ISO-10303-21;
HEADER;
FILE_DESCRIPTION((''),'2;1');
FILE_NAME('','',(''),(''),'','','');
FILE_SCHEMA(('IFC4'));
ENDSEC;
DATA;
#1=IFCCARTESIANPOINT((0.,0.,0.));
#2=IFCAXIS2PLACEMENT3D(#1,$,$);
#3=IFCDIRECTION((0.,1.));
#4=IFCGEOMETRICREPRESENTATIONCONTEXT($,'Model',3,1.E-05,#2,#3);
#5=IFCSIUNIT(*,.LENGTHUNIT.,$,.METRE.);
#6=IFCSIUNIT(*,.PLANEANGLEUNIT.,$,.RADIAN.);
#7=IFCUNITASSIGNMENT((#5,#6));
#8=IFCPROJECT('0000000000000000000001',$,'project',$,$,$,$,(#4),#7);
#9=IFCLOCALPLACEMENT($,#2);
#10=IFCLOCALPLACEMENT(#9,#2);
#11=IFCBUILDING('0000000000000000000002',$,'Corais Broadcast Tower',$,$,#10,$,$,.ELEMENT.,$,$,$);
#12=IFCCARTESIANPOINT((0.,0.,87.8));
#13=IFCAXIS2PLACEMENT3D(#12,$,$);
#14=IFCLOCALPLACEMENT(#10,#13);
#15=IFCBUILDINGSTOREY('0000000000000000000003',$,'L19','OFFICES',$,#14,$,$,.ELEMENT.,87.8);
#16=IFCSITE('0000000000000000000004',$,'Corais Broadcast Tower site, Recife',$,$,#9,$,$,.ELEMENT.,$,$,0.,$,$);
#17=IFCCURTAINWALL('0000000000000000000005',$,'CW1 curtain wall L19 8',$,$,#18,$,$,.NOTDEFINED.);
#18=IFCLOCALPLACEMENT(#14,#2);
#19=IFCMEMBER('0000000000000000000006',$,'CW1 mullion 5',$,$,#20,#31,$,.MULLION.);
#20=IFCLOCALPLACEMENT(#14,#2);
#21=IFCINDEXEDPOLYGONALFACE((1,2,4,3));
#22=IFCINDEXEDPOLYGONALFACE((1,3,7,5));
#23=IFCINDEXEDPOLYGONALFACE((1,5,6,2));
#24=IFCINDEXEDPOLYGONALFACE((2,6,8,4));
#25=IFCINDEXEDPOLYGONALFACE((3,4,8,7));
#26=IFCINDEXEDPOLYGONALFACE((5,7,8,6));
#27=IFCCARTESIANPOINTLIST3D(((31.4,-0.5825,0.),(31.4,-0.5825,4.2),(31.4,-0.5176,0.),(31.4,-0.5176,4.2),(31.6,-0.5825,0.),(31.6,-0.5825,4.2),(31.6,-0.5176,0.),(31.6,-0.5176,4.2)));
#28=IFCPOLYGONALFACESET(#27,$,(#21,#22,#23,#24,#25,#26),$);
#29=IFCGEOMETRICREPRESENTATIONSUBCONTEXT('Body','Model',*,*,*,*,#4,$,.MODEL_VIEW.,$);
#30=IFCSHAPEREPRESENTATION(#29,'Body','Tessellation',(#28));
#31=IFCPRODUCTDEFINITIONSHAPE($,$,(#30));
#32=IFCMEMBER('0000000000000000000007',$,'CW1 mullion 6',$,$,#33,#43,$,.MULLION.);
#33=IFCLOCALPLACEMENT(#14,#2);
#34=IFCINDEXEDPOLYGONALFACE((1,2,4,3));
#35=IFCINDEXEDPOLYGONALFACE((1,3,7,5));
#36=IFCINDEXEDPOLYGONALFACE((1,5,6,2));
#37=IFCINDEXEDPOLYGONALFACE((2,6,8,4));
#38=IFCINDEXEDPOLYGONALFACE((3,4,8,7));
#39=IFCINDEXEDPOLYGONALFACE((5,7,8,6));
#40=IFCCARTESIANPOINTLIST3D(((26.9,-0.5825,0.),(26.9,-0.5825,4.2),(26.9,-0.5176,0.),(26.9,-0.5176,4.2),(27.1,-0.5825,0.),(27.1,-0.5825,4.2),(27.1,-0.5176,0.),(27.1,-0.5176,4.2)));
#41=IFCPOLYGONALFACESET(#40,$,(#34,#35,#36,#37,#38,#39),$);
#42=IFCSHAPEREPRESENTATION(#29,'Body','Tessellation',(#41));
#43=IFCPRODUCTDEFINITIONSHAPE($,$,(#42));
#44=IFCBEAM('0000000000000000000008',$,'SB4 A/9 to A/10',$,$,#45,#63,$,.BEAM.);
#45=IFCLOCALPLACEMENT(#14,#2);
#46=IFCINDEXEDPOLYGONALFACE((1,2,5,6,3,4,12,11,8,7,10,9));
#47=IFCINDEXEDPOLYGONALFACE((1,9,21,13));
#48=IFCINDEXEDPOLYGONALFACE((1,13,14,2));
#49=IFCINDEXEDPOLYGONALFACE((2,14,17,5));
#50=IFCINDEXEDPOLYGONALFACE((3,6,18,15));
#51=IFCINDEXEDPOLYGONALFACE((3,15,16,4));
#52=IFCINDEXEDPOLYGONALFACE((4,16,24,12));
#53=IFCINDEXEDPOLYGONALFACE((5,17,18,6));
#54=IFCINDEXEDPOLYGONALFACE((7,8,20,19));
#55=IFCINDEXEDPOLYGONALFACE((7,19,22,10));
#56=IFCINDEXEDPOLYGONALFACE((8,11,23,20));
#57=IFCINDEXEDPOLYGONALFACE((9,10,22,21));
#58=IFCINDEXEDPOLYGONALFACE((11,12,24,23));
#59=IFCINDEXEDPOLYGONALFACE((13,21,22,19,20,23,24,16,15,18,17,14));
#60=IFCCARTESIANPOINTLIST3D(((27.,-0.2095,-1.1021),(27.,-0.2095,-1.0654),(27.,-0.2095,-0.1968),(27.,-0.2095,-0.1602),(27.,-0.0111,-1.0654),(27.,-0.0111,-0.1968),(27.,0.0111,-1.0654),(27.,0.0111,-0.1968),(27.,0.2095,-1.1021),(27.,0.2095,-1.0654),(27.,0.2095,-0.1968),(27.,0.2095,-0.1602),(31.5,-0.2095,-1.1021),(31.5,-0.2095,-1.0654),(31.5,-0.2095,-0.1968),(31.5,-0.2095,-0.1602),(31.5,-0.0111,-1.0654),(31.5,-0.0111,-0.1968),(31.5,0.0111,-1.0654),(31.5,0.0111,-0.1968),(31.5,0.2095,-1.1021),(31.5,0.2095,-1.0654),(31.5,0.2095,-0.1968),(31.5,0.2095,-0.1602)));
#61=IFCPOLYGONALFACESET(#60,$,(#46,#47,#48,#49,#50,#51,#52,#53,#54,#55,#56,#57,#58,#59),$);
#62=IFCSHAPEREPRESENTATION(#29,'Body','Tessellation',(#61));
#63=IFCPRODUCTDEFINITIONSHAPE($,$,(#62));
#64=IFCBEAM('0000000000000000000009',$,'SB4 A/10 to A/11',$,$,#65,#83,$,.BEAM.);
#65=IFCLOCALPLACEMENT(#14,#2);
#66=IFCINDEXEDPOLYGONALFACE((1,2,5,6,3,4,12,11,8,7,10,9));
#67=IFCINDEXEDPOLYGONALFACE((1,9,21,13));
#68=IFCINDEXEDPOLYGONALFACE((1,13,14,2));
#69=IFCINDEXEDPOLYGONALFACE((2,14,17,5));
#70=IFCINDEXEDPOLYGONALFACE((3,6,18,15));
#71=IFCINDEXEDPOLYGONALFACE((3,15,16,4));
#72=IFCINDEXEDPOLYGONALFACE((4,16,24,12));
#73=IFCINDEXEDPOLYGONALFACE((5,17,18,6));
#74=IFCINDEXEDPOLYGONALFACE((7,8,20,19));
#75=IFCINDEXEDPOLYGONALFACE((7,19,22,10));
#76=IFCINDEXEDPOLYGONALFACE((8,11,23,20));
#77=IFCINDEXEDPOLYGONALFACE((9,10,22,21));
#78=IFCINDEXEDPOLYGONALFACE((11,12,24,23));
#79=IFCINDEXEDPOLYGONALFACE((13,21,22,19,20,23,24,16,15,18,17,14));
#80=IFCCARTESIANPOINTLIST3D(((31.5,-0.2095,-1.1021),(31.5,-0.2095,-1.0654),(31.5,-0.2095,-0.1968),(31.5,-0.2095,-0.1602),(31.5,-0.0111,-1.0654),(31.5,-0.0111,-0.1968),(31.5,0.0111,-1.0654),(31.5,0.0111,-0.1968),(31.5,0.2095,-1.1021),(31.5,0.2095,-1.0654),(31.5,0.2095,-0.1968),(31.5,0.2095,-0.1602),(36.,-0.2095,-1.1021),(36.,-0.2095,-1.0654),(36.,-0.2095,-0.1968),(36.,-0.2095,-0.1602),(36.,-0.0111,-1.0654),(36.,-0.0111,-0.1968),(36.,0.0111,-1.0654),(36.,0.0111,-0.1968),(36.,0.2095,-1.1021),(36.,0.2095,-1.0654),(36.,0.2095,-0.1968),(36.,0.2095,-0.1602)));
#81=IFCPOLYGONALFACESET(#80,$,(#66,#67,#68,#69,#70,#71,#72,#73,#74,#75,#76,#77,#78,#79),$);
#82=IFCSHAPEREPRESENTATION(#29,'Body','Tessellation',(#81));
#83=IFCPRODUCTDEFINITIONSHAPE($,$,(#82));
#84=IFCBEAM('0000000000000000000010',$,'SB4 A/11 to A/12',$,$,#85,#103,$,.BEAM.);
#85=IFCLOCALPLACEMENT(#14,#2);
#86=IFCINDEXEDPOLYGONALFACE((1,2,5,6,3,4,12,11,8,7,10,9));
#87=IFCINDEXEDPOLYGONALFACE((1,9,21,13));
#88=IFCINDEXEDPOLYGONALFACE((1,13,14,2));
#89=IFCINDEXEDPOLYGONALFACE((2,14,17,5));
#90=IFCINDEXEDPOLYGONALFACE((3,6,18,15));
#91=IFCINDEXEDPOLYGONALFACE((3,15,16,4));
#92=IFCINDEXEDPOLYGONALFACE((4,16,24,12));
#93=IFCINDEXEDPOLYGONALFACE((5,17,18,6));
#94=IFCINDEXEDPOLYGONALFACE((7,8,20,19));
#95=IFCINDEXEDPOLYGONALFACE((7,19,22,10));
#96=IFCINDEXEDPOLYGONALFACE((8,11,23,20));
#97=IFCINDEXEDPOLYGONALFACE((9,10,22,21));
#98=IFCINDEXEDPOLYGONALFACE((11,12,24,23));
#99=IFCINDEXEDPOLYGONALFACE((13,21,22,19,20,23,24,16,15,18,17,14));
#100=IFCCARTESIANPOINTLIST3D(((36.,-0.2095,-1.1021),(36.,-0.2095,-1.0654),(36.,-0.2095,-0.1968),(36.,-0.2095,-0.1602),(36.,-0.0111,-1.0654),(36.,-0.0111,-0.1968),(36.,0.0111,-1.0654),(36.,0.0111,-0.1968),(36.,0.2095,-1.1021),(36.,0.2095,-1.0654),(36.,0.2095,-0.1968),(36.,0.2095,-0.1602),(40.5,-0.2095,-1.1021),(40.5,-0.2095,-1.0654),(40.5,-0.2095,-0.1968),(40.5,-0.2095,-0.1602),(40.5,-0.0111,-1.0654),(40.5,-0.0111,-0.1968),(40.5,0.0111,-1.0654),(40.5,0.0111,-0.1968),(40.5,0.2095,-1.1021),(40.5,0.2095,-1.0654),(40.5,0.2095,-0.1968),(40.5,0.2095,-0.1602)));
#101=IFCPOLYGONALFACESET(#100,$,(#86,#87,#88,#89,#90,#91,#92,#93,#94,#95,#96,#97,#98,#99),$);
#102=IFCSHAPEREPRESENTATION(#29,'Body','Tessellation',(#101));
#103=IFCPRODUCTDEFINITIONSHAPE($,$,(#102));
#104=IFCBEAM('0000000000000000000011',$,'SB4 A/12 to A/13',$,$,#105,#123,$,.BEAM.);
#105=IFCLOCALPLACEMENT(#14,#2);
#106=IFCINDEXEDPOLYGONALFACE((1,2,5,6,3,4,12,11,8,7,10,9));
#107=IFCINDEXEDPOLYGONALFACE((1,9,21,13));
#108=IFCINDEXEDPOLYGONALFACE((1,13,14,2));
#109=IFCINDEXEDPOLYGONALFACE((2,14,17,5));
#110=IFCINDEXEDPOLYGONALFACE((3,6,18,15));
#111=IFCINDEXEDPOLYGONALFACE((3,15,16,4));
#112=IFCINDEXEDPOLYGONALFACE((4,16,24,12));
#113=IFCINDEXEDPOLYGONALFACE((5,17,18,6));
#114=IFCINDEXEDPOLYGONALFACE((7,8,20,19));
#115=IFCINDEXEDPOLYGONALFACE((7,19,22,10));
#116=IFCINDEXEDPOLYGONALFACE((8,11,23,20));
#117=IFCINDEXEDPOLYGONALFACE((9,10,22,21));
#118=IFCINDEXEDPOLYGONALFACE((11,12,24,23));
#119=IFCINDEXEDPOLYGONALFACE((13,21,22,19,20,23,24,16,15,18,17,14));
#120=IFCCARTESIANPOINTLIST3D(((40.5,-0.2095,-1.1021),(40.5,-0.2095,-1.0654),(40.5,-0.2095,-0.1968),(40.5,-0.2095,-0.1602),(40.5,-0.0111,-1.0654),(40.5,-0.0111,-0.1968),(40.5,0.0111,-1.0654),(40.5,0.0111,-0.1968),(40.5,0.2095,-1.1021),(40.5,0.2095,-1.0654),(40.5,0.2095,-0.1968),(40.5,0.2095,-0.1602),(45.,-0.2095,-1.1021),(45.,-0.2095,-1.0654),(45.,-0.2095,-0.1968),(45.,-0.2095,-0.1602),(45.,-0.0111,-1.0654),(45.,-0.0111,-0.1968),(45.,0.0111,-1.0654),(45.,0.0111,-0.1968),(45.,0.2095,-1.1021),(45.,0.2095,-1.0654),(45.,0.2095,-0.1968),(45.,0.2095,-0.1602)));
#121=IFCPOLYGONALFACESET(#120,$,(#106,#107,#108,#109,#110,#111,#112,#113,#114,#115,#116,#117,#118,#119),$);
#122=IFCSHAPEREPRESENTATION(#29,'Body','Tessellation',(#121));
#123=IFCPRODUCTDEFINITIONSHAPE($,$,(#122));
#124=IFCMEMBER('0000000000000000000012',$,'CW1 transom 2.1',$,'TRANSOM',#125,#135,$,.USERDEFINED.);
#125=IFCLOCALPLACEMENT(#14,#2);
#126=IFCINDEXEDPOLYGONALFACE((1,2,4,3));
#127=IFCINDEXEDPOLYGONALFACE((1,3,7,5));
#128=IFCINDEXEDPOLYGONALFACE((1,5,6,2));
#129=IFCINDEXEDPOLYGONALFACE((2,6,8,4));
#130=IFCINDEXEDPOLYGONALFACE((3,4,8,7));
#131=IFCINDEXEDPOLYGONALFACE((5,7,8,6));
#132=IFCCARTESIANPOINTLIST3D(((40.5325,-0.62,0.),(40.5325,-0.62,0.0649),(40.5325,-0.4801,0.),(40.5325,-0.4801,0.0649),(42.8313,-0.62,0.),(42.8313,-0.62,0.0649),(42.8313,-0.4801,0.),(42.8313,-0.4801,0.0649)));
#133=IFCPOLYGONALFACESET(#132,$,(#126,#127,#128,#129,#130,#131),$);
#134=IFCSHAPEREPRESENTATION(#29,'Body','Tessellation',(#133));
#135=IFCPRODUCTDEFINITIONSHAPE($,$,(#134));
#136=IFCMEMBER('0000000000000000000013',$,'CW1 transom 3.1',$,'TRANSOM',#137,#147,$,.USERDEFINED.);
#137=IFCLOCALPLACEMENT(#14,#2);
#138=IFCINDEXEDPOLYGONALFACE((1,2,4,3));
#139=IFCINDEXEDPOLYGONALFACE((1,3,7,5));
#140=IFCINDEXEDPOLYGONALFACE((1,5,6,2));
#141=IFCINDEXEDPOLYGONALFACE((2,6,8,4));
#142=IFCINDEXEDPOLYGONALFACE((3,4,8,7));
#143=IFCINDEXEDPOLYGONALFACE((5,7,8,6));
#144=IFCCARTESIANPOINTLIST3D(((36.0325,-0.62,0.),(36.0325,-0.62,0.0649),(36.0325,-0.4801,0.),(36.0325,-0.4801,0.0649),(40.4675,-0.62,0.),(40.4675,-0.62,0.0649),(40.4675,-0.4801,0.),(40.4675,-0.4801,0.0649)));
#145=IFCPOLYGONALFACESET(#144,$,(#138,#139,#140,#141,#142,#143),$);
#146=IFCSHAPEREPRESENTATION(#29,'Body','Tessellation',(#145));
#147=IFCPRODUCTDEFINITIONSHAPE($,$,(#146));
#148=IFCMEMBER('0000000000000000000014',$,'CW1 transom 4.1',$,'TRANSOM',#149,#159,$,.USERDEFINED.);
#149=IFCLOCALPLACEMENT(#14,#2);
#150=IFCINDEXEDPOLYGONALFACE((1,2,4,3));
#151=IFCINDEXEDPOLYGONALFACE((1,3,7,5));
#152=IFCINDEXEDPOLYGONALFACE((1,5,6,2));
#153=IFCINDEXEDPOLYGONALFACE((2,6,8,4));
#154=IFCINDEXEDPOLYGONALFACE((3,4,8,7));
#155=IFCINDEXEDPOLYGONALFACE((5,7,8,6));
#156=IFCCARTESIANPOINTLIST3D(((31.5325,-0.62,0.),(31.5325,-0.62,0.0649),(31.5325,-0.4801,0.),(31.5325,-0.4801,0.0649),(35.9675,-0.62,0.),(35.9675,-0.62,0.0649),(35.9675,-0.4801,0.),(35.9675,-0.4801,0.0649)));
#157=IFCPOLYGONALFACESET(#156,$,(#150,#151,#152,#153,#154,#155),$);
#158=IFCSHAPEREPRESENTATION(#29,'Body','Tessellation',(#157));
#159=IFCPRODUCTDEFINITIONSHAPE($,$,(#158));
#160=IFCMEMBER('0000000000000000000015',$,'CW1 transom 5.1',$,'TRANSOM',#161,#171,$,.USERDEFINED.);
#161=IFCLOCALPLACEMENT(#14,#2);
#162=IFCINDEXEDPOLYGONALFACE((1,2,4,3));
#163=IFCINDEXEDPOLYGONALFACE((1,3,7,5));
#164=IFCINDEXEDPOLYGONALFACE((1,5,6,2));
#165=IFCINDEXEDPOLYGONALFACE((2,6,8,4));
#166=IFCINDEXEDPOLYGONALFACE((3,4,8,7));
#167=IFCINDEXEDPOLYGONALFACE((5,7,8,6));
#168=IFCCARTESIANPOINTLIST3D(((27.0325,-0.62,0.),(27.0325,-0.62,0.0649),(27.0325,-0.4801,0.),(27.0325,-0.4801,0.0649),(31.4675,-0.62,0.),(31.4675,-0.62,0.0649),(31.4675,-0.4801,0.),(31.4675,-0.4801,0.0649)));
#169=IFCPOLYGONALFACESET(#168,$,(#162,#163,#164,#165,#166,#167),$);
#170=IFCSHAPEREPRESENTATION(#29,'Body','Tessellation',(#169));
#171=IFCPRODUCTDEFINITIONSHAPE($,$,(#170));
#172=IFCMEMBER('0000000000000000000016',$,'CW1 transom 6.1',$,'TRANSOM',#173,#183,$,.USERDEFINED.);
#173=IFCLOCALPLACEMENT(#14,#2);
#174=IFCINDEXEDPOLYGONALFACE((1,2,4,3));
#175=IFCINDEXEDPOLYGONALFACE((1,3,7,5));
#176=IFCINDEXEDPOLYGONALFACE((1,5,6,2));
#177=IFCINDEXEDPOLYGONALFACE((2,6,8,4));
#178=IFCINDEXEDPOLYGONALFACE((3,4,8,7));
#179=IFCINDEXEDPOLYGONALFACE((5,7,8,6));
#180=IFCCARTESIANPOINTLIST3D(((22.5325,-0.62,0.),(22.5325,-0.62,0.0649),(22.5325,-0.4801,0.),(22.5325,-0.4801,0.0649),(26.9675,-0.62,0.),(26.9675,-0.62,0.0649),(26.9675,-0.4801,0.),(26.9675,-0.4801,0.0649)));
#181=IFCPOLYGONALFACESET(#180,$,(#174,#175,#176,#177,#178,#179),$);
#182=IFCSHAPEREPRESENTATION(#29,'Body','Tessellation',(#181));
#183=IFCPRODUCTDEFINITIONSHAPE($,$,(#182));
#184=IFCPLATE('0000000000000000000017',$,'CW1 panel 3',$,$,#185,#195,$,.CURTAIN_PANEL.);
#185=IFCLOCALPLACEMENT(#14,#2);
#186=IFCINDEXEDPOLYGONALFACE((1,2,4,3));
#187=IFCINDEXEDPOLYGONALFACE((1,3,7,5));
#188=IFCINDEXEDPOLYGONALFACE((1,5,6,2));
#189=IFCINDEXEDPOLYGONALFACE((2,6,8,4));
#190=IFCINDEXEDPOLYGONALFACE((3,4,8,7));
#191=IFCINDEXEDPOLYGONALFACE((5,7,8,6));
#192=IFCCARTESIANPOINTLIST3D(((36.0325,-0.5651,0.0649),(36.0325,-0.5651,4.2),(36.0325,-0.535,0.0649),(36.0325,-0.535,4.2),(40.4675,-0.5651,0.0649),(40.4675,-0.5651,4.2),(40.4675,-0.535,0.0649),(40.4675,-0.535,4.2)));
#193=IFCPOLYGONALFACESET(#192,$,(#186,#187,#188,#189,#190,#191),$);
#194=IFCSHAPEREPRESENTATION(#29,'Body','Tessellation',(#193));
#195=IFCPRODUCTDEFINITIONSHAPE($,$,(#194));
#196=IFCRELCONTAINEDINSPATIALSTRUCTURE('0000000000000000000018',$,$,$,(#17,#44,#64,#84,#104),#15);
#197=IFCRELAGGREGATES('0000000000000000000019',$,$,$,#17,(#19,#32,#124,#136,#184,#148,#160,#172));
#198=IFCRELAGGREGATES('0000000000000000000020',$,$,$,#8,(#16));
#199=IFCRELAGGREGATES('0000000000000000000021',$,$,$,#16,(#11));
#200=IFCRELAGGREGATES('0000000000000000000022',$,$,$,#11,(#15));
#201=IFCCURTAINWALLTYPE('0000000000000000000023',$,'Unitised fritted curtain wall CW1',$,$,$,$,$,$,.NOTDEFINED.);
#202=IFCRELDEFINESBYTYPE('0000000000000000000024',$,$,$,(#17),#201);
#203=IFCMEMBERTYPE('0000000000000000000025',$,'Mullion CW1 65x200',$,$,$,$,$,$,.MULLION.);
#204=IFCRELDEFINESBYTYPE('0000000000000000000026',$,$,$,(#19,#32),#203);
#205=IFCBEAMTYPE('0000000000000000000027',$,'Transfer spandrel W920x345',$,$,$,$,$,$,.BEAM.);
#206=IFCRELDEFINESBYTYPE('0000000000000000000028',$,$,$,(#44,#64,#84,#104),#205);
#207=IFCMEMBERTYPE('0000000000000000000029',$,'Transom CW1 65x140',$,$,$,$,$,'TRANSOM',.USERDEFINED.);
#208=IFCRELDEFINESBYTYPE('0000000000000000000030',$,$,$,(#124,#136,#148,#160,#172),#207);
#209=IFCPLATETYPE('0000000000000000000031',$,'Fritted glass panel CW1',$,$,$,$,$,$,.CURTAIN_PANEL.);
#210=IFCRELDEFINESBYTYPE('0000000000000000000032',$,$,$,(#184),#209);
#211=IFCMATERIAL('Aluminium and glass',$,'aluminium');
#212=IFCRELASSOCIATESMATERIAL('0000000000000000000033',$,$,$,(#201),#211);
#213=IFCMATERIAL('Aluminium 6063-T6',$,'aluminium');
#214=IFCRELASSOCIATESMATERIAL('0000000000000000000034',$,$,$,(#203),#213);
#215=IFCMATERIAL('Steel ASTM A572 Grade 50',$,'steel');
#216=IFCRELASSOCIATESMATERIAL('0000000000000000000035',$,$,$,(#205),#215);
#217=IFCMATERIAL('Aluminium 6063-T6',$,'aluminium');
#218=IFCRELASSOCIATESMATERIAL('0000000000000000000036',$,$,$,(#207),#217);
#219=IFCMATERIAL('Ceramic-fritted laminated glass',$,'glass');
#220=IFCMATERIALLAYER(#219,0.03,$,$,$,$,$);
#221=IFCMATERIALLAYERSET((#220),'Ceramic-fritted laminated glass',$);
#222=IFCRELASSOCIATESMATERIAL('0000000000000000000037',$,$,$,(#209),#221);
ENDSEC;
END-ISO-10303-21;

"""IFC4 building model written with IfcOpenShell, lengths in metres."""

from ifc_helpers import new_model, si_unit, direction, frame, origin, origin_2d, place, context, subcontext, project, spatial, rectangle, i_section, extrude, material, layer, layer_set, material_profile, profile_set, type_object, element, aggregate, save


model = new_model("IFC4")

# Units and contexts
model_context = context("Model", 3, precision=1e-05, world=origin(), true_north=direction((0.0, 1.0)))
body_context = subcontext(model_context, "Body", "Model", "MODEL_VIEW")
ifc_project = project(units=[si_unit("LENGTHUNIT", "METRE"), si_unit("PLANEANGLEUNIT", "RADIAN")], contexts=[model_context])

# Site, building, storey
site_placement = place(None, origin())
site = spatial("IfcSite", under=ifc_project, at=site_placement, Name="Corais Broadcast Tower site, Recife", CompositionType="ELEMENT", RefElevation=0.0)
building_placement = place(site_placement, origin())
building = spatial("IfcBuilding", under=site, at=building_placement, Name="Corais Broadcast Tower", CompositionType="ELEMENT")
storey_placement = place(building_placement, frame((0.0, 0.0, 87.8)))
storey = spatial("IfcBuildingStorey", under=building, at=storey_placement, Name="L19", Description="OFFICES", CompositionType="ELEMENT", Elevation=87.8)

# Curtain wall, members
ifc_material_1 = material(Name="Aluminium and glass", Category="aluminium")
curtain_wall_type = type_object("IfcCurtainWallType", Name="Unitised fritted curtain wall CW1", PredefinedType="NOTDEFINED", material=ifc_material_1)
curtain_wall_placement = place(storey_placement, origin())
curtain_wall = element("IfcCurtainWall", 1, at=curtain_wall_placement, inside=storey, type_object=curtain_wall_type, Name="CW1 curtain wall L19 8", PredefinedType="NOTDEFINED")
ifc_material_2 = material(Name="Aluminium 6063-T6", Category="aluminium")
ifc_material_profile_1 = material_profile(ifc_material_2, rectangle(XDim=0.0649, YDim=0.2, at=origin_2d()), Name="Mullion CW1 65x200")
ifc_profile_set_1 = profile_set([ifc_material_profile_1], Name="Aluminium 6063-T6")
member_type_1 = type_object("IfcMemberType", Name="Mullion CW1 65x200", PredefinedType="MULLION", material=ifc_profile_set_1)
member_1_placement = place(storey_placement, frame((31.5, -0.55, 0.0), z_axis=(0.0, 0.0, 1.0), x_axis=(0.0, -1.0, 0.0)))
member_1 = element("IfcMember", 2, at=member_1_placement, type_object=member_type_1, Name="CW1 mullion 5", PredefinedType="MULLION", context=body_context, shape_type="SweptSolid", body=[
    extrude(rectangle(XDim=0.0649, YDim=0.2, at=origin_2d()), origin(), (0.0, 0.0, 1.0), 4.2),
])
member_2_placement = place(storey_placement, frame((27.0, -0.55, 0.0), z_axis=(0.0, 0.0, 1.0), x_axis=(0.0, -1.0, 0.0)))
member_2 = element("IfcMember", 3, at=member_2_placement, type_object=member_type_1, Name="CW1 mullion 6", PredefinedType="MULLION", context=body_context, shape_type="SweptSolid", body=[
    extrude(rectangle(XDim=0.0649, YDim=0.2, at=origin_2d()), origin(), (0.0, 0.0, 1.0), 4.2),
])

# Beams
ifc_material_3 = material(Name="Steel ASTM A572 Grade 50", Category="steel")
ifc_material_profile_2 = material_profile(ifc_material_3, i_section(OverallWidth=0.4189, OverallDepth=0.9419, WebThickness=0.0222, FlangeThickness=0.0366, at=origin_2d()), Name="W920x345")
ifc_profile_set_2 = profile_set([ifc_material_profile_2], Name="Steel ASTM A572 Grade 50")
beam_type_1 = type_object("IfcBeamType", Name="Transfer spandrel W920x345", PredefinedType="BEAM", material=ifc_profile_set_2)
for number, where, z_axis, x_axis, name in (
    (4, (27.0, 0.0, -0.6311), (1.0, 0.0, 0.0), (0.0, 1.0, 0.0), "SB4 A/9 to A/10"),
    (5, (31.5, 0.0, -0.6311), (1.0, 0.0, 0.0), (0.0, 1.0, 0.0), "SB4 A/10 to A/11"),
    (6, (36.0, 0.0, -0.6311), (1.0, 0.0, 0.0), (0.0, 1.0, 0.0), "SB4 A/11 to A/12"),
    (7, (40.5, 0.0, -0.6311), (1.0, 0.0, 0.0), (0.0, 1.0, 0.0), "SB4 A/12 to A/13"),
):
    element("IfcBeam", number, at=place(storey_placement, frame(where, z_axis=z_axis, x_axis=x_axis)), inside=storey, type_object=beam_type_1, Name=name, PredefinedType="BEAM", context=body_context, shape_type="SweptSolid", body=[
        extrude(i_section(OverallWidth=0.4189, OverallDepth=0.9419, WebThickness=0.0222, FlangeThickness=0.0366, at=origin_2d()), origin(), (0.0, 0.0, 1.0), 4.5),
    ])

# Members
ifc_material_4 = material(Name="Aluminium 6063-T6", Category="aluminium")
ifc_material_profile_3 = material_profile(ifc_material_4, rectangle(XDim=0.1399, YDim=0.0649, at=origin_2d()), Name="Transom CW1 65x140")
ifc_profile_set_3 = profile_set([ifc_material_profile_3], Name="Aluminium 6063-T6")
member_type_2 = type_object("IfcMemberType", Name="Transom CW1 65x140", ElementType="TRANSOM", PredefinedType="USERDEFINED", material=ifc_profile_set_3)
member_3_placement = place(storey_placement, frame((42.8313, -0.55, 0.0325), z_axis=(-1.0, 0.0, 0.0), x_axis=(0.0, -1.0, 0.0)))
member_3 = element("IfcMember", 8, at=member_3_placement, type_object=member_type_2, Name="CW1 transom 2.1", ObjectType="TRANSOM", PredefinedType="USERDEFINED", context=body_context, shape_type="SweptSolid", body=[
    extrude(rectangle(XDim=0.1399, YDim=0.0649, at=origin_2d()), origin(), (0.0, 0.0, 1.0), 2.2988),
])
member_4_placement = place(storey_placement, frame((40.4675, -0.55, 0.0325), z_axis=(-1.0, 0.0, 0.0), x_axis=(0.0, -1.0, 0.0)))
member_4 = element("IfcMember", 9, at=member_4_placement, type_object=member_type_2, Name="CW1 transom 3.1", ObjectType="TRANSOM", PredefinedType="USERDEFINED", context=body_context, shape_type="SweptSolid", body=[
    extrude(rectangle(XDim=0.1399, YDim=0.0649, at=origin_2d()), origin(), (0.0, 0.0, 1.0), 4.4351),
])
member_5_placement = place(storey_placement, frame((35.9675, -0.55, 0.0325), z_axis=(-1.0, 0.0, 0.0), x_axis=(0.0, -1.0, 0.0)))
member_5 = element("IfcMember", 10, at=member_5_placement, type_object=member_type_2, Name="CW1 transom 4.1", ObjectType="TRANSOM", PredefinedType="USERDEFINED", context=body_context, shape_type="SweptSolid", body=[
    extrude(rectangle(XDim=0.1399, YDim=0.0649, at=origin_2d()), origin(), (0.0, 0.0, 1.0), 4.4351),
])
member_6_placement = place(storey_placement, frame((31.4675, -0.55, 0.0325), z_axis=(-1.0, 0.0, 0.0), x_axis=(0.0, -1.0, 0.0)))
member_6 = element("IfcMember", 11, at=member_6_placement, type_object=member_type_2, Name="CW1 transom 5.1", ObjectType="TRANSOM", PredefinedType="USERDEFINED", context=body_context, shape_type="SweptSolid", body=[
    extrude(rectangle(XDim=0.1399, YDim=0.0649, at=origin_2d()), origin(), (0.0, 0.0, 1.0), 4.4351),
])
member_7_placement = place(storey_placement, frame((26.9675, -0.55, 0.0325), z_axis=(-1.0, 0.0, 0.0), x_axis=(0.0, -1.0, 0.0)))
member_7 = element("IfcMember", 12, at=member_7_placement, type_object=member_type_2, Name="CW1 transom 6.1", ObjectType="TRANSOM", PredefinedType="USERDEFINED", context=body_context, shape_type="SweptSolid", body=[
    extrude(rectangle(XDim=0.1399, YDim=0.0649, at=origin_2d()), origin(), (0.0, 0.0, 1.0), 4.4351),
])

# Plate
ifc_material_5 = material(Name="Ceramic-fritted laminated glass", Category="glass")
ifc_layer_1 = layer(ifc_material_5, 0.03)
ifc_layer_set_1 = layer_set([ifc_layer_1], Name="Ceramic-fritted laminated glass")
plate_type_1 = type_object("IfcPlateType", Name="Fritted glass panel CW1", PredefinedType="CURTAIN_PANEL", material=ifc_layer_set_1)
plate_1_placement = place(storey_placement, frame((38.25, -0.55, 0.0649), z_axis=(0.0, 0.0, 1.0), x_axis=(-1.0, 0.0, 0.0)))
plate_1 = element("IfcPlate", 13, at=plate_1_placement, type_object=plate_type_1, Name="CW1 panel 3", PredefinedType="CURTAIN_PANEL", context=body_context, shape_type="SweptSolid", body=[
    extrude(rectangle(XDim=4.4351, YDim=0.03, at=origin_2d()), origin(), (0.0, 0.0, 1.0), 4.135),
])
aggregate(curtain_wall, [member_1, member_2, member_3, member_4, plate_1, member_5, member_6, member_7])

save(model, "model.ifc")
